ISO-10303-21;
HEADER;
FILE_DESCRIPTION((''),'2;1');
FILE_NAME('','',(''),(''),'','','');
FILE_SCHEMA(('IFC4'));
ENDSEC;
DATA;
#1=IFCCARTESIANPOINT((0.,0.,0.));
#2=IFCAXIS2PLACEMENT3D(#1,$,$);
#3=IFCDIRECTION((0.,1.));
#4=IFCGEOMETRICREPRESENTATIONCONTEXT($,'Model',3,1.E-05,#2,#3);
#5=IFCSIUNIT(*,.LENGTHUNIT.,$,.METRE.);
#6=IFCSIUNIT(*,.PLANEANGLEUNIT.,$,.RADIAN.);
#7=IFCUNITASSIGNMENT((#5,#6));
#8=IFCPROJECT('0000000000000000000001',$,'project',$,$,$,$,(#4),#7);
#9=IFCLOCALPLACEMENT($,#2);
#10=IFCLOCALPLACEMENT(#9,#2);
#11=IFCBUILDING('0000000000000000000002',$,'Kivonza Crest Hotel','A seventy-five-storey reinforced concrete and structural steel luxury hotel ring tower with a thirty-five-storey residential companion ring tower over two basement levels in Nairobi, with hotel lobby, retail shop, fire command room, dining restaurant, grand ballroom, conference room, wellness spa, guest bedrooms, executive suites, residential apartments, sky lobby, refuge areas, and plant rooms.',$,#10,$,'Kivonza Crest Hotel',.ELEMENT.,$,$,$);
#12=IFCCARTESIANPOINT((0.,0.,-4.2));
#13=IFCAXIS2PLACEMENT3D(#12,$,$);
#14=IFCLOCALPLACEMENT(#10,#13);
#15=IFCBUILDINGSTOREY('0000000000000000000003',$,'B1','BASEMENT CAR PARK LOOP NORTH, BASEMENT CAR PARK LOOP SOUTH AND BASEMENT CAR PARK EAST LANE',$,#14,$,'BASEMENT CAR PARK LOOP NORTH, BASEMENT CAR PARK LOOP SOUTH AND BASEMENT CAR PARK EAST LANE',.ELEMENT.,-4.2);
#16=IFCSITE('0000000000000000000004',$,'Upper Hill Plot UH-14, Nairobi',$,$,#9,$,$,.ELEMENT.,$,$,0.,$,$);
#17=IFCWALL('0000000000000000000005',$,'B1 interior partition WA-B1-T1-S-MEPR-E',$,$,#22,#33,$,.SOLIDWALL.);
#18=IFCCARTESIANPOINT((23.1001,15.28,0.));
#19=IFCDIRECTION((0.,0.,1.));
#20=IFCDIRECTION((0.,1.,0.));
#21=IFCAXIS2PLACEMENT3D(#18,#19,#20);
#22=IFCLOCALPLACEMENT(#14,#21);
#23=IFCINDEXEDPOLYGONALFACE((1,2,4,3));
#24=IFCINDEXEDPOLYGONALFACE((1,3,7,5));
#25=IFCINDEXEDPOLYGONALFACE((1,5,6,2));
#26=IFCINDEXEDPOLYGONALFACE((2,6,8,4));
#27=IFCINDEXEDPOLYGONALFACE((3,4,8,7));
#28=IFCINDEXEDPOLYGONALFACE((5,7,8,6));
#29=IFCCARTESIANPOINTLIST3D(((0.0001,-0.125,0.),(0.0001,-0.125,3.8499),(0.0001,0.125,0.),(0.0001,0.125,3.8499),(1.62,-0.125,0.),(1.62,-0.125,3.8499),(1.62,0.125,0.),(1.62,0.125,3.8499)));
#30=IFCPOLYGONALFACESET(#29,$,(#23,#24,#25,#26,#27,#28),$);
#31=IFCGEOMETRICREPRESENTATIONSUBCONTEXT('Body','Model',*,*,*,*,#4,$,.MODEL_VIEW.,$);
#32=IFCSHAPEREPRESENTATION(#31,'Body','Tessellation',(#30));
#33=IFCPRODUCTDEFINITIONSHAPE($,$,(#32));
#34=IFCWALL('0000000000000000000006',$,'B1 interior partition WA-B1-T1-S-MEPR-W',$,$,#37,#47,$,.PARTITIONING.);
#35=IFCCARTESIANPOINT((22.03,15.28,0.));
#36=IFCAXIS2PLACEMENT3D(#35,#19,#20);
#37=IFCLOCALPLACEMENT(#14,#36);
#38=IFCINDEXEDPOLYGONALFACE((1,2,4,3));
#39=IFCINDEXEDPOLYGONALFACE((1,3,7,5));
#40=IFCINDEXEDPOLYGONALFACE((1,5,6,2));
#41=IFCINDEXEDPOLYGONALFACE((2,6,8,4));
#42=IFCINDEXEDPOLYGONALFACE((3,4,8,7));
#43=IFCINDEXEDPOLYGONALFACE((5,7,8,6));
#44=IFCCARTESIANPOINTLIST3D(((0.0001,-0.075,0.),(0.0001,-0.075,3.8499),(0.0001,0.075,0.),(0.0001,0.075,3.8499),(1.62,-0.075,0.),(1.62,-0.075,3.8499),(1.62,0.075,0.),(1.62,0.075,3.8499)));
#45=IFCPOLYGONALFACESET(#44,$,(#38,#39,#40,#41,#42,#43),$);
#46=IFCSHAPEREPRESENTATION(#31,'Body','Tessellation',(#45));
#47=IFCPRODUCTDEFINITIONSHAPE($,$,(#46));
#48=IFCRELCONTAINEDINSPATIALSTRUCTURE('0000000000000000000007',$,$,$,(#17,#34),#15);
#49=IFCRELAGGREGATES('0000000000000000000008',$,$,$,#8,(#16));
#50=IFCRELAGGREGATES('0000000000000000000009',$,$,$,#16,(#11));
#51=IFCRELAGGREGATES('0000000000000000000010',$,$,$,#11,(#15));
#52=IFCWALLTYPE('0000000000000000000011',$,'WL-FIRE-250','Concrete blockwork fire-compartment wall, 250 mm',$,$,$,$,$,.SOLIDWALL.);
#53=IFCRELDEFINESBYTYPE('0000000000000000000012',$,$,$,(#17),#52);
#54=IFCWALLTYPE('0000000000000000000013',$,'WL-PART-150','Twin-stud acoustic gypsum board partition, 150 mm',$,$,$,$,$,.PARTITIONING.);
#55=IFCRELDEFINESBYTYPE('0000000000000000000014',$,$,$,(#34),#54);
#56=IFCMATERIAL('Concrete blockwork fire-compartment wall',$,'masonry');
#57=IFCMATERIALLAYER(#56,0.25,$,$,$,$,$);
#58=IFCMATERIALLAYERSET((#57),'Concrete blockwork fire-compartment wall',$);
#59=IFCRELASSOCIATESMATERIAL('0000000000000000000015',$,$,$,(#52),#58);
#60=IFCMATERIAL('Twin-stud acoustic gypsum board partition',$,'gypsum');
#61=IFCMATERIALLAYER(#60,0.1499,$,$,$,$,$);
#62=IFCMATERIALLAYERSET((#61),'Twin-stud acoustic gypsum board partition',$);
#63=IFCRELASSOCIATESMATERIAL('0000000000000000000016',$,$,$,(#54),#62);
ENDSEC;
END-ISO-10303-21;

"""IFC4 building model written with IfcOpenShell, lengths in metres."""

from ifc_helpers import new_model, si_unit, direction, frame, frame_2d, origin, place, context, subcontext, project, spatial, rectangle, extrude, material, layer, layer_set, type_object, element, save


model = new_model("IFC4")

# Units and contexts
model_context = context("Model", 3, precision=1e-05, world=origin(), true_north=direction((0.0, 1.0)))
body_context = subcontext(model_context, "Body", "Model", "MODEL_VIEW")
ifc_project = project(units=[si_unit("LENGTHUNIT", "METRE"), si_unit("PLANEANGLEUNIT", "RADIAN")], contexts=[model_context])

# Site, building, storey
site_placement = place(None, origin())
site = spatial("IfcSite", under=ifc_project, at=site_placement, Name="Upper Hill Plot UH-14, Nairobi", CompositionType="ELEMENT", RefElevation=0.0)
building_placement = place(site_placement, origin())
building = spatial("IfcBuilding", under=site, at=building_placement, Name="Kivonza Crest Hotel", Description="A seventy-five-storey reinforced concrete and structural steel luxury hotel ring tower with a thirty-five-storey residential companion ring tower over two basement levels in Nairobi, with hotel lobby, retail shop, fire command room, dining restaurant, grand ballroom, conference room, wellness spa, guest bedrooms, executive suites, residential apartments, sky lobby, refuge areas, and plant rooms.", LongName="Kivonza Crest Hotel", CompositionType="ELEMENT")
storey_placement = place(building_placement, frame((0.0, 0.0, -4.2)))
storey = spatial("IfcBuildingStorey", under=building, at=storey_placement, Name="B1", Description="BASEMENT CAR PARK LOOP NORTH, BASEMENT CAR PARK LOOP SOUTH AND BASEMENT CAR PARK EAST LANE", LongName="BASEMENT CAR PARK LOOP NORTH, BASEMENT CAR PARK LOOP SOUTH AND BASEMENT CAR PARK EAST LANE", CompositionType="ELEMENT", Elevation=-4.2)

# Walls
ifc_material_1 = material(Name="Concrete blockwork fire-compartment wall", Category="masonry")
ifc_layer_1 = layer(ifc_material_1, 0.25)
ifc_layer_set_1 = layer_set([ifc_layer_1], Name="Concrete blockwork fire-compartment wall")
wall_type_1 = type_object("IfcWallType", Name="WL-FIRE-250", Description="Concrete blockwork fire-compartment wall, 250 mm", PredefinedType="SOLIDWALL", material=ifc_layer_set_1)
wall_1_placement = place(storey_placement, frame((23.1001, 15.28, 0.0), z_axis=(0.0, 0.0, 1.0), x_axis=(0.0, 1.0, 0.0)))
element("IfcWall", 1, at=wall_1_placement, inside=storey, type_object=wall_type_1, Name="B1 interior partition WA-B1-T1-S-MEPR-E", PredefinedType="SOLIDWALL", context=body_context, shape_type="SweptSolid", body=[
    extrude(rectangle(XDim=1.6199, YDim=0.25, at=frame_2d((0.8101, 0.0))), origin(), (0.0, 0.0, 1.0), 3.8499),
])
ifc_material_2 = material(Name="Twin-stud acoustic gypsum board partition", Category="gypsum")
ifc_layer_2 = layer(ifc_material_2, 0.1499)
ifc_layer_set_2 = layer_set([ifc_layer_2], Name="Twin-stud acoustic gypsum board partition")
wall_type_2 = type_object("IfcWallType", Name="WL-PART-150", Description="Twin-stud acoustic gypsum board partition, 150 mm", PredefinedType="PARTITIONING", material=ifc_layer_set_2)
wall_2_placement = place(storey_placement, frame((22.03, 15.28, 0.0), z_axis=(0.0, 0.0, 1.0), x_axis=(0.0, 1.0, 0.0)))
element("IfcWall", 2, at=wall_2_placement, inside=storey, type_object=wall_type_2, Name="B1 interior partition WA-B1-T1-S-MEPR-W", PredefinedType="PARTITIONING", context=body_context, shape_type="SweptSolid", body=[
    extrude(rectangle(XDim=1.6199, YDim=0.1499, at=frame_2d((0.8101, 0.0))), origin(), (0.0, 0.0, 1.0), 3.8499),
])

save(model, "model.ifc")
